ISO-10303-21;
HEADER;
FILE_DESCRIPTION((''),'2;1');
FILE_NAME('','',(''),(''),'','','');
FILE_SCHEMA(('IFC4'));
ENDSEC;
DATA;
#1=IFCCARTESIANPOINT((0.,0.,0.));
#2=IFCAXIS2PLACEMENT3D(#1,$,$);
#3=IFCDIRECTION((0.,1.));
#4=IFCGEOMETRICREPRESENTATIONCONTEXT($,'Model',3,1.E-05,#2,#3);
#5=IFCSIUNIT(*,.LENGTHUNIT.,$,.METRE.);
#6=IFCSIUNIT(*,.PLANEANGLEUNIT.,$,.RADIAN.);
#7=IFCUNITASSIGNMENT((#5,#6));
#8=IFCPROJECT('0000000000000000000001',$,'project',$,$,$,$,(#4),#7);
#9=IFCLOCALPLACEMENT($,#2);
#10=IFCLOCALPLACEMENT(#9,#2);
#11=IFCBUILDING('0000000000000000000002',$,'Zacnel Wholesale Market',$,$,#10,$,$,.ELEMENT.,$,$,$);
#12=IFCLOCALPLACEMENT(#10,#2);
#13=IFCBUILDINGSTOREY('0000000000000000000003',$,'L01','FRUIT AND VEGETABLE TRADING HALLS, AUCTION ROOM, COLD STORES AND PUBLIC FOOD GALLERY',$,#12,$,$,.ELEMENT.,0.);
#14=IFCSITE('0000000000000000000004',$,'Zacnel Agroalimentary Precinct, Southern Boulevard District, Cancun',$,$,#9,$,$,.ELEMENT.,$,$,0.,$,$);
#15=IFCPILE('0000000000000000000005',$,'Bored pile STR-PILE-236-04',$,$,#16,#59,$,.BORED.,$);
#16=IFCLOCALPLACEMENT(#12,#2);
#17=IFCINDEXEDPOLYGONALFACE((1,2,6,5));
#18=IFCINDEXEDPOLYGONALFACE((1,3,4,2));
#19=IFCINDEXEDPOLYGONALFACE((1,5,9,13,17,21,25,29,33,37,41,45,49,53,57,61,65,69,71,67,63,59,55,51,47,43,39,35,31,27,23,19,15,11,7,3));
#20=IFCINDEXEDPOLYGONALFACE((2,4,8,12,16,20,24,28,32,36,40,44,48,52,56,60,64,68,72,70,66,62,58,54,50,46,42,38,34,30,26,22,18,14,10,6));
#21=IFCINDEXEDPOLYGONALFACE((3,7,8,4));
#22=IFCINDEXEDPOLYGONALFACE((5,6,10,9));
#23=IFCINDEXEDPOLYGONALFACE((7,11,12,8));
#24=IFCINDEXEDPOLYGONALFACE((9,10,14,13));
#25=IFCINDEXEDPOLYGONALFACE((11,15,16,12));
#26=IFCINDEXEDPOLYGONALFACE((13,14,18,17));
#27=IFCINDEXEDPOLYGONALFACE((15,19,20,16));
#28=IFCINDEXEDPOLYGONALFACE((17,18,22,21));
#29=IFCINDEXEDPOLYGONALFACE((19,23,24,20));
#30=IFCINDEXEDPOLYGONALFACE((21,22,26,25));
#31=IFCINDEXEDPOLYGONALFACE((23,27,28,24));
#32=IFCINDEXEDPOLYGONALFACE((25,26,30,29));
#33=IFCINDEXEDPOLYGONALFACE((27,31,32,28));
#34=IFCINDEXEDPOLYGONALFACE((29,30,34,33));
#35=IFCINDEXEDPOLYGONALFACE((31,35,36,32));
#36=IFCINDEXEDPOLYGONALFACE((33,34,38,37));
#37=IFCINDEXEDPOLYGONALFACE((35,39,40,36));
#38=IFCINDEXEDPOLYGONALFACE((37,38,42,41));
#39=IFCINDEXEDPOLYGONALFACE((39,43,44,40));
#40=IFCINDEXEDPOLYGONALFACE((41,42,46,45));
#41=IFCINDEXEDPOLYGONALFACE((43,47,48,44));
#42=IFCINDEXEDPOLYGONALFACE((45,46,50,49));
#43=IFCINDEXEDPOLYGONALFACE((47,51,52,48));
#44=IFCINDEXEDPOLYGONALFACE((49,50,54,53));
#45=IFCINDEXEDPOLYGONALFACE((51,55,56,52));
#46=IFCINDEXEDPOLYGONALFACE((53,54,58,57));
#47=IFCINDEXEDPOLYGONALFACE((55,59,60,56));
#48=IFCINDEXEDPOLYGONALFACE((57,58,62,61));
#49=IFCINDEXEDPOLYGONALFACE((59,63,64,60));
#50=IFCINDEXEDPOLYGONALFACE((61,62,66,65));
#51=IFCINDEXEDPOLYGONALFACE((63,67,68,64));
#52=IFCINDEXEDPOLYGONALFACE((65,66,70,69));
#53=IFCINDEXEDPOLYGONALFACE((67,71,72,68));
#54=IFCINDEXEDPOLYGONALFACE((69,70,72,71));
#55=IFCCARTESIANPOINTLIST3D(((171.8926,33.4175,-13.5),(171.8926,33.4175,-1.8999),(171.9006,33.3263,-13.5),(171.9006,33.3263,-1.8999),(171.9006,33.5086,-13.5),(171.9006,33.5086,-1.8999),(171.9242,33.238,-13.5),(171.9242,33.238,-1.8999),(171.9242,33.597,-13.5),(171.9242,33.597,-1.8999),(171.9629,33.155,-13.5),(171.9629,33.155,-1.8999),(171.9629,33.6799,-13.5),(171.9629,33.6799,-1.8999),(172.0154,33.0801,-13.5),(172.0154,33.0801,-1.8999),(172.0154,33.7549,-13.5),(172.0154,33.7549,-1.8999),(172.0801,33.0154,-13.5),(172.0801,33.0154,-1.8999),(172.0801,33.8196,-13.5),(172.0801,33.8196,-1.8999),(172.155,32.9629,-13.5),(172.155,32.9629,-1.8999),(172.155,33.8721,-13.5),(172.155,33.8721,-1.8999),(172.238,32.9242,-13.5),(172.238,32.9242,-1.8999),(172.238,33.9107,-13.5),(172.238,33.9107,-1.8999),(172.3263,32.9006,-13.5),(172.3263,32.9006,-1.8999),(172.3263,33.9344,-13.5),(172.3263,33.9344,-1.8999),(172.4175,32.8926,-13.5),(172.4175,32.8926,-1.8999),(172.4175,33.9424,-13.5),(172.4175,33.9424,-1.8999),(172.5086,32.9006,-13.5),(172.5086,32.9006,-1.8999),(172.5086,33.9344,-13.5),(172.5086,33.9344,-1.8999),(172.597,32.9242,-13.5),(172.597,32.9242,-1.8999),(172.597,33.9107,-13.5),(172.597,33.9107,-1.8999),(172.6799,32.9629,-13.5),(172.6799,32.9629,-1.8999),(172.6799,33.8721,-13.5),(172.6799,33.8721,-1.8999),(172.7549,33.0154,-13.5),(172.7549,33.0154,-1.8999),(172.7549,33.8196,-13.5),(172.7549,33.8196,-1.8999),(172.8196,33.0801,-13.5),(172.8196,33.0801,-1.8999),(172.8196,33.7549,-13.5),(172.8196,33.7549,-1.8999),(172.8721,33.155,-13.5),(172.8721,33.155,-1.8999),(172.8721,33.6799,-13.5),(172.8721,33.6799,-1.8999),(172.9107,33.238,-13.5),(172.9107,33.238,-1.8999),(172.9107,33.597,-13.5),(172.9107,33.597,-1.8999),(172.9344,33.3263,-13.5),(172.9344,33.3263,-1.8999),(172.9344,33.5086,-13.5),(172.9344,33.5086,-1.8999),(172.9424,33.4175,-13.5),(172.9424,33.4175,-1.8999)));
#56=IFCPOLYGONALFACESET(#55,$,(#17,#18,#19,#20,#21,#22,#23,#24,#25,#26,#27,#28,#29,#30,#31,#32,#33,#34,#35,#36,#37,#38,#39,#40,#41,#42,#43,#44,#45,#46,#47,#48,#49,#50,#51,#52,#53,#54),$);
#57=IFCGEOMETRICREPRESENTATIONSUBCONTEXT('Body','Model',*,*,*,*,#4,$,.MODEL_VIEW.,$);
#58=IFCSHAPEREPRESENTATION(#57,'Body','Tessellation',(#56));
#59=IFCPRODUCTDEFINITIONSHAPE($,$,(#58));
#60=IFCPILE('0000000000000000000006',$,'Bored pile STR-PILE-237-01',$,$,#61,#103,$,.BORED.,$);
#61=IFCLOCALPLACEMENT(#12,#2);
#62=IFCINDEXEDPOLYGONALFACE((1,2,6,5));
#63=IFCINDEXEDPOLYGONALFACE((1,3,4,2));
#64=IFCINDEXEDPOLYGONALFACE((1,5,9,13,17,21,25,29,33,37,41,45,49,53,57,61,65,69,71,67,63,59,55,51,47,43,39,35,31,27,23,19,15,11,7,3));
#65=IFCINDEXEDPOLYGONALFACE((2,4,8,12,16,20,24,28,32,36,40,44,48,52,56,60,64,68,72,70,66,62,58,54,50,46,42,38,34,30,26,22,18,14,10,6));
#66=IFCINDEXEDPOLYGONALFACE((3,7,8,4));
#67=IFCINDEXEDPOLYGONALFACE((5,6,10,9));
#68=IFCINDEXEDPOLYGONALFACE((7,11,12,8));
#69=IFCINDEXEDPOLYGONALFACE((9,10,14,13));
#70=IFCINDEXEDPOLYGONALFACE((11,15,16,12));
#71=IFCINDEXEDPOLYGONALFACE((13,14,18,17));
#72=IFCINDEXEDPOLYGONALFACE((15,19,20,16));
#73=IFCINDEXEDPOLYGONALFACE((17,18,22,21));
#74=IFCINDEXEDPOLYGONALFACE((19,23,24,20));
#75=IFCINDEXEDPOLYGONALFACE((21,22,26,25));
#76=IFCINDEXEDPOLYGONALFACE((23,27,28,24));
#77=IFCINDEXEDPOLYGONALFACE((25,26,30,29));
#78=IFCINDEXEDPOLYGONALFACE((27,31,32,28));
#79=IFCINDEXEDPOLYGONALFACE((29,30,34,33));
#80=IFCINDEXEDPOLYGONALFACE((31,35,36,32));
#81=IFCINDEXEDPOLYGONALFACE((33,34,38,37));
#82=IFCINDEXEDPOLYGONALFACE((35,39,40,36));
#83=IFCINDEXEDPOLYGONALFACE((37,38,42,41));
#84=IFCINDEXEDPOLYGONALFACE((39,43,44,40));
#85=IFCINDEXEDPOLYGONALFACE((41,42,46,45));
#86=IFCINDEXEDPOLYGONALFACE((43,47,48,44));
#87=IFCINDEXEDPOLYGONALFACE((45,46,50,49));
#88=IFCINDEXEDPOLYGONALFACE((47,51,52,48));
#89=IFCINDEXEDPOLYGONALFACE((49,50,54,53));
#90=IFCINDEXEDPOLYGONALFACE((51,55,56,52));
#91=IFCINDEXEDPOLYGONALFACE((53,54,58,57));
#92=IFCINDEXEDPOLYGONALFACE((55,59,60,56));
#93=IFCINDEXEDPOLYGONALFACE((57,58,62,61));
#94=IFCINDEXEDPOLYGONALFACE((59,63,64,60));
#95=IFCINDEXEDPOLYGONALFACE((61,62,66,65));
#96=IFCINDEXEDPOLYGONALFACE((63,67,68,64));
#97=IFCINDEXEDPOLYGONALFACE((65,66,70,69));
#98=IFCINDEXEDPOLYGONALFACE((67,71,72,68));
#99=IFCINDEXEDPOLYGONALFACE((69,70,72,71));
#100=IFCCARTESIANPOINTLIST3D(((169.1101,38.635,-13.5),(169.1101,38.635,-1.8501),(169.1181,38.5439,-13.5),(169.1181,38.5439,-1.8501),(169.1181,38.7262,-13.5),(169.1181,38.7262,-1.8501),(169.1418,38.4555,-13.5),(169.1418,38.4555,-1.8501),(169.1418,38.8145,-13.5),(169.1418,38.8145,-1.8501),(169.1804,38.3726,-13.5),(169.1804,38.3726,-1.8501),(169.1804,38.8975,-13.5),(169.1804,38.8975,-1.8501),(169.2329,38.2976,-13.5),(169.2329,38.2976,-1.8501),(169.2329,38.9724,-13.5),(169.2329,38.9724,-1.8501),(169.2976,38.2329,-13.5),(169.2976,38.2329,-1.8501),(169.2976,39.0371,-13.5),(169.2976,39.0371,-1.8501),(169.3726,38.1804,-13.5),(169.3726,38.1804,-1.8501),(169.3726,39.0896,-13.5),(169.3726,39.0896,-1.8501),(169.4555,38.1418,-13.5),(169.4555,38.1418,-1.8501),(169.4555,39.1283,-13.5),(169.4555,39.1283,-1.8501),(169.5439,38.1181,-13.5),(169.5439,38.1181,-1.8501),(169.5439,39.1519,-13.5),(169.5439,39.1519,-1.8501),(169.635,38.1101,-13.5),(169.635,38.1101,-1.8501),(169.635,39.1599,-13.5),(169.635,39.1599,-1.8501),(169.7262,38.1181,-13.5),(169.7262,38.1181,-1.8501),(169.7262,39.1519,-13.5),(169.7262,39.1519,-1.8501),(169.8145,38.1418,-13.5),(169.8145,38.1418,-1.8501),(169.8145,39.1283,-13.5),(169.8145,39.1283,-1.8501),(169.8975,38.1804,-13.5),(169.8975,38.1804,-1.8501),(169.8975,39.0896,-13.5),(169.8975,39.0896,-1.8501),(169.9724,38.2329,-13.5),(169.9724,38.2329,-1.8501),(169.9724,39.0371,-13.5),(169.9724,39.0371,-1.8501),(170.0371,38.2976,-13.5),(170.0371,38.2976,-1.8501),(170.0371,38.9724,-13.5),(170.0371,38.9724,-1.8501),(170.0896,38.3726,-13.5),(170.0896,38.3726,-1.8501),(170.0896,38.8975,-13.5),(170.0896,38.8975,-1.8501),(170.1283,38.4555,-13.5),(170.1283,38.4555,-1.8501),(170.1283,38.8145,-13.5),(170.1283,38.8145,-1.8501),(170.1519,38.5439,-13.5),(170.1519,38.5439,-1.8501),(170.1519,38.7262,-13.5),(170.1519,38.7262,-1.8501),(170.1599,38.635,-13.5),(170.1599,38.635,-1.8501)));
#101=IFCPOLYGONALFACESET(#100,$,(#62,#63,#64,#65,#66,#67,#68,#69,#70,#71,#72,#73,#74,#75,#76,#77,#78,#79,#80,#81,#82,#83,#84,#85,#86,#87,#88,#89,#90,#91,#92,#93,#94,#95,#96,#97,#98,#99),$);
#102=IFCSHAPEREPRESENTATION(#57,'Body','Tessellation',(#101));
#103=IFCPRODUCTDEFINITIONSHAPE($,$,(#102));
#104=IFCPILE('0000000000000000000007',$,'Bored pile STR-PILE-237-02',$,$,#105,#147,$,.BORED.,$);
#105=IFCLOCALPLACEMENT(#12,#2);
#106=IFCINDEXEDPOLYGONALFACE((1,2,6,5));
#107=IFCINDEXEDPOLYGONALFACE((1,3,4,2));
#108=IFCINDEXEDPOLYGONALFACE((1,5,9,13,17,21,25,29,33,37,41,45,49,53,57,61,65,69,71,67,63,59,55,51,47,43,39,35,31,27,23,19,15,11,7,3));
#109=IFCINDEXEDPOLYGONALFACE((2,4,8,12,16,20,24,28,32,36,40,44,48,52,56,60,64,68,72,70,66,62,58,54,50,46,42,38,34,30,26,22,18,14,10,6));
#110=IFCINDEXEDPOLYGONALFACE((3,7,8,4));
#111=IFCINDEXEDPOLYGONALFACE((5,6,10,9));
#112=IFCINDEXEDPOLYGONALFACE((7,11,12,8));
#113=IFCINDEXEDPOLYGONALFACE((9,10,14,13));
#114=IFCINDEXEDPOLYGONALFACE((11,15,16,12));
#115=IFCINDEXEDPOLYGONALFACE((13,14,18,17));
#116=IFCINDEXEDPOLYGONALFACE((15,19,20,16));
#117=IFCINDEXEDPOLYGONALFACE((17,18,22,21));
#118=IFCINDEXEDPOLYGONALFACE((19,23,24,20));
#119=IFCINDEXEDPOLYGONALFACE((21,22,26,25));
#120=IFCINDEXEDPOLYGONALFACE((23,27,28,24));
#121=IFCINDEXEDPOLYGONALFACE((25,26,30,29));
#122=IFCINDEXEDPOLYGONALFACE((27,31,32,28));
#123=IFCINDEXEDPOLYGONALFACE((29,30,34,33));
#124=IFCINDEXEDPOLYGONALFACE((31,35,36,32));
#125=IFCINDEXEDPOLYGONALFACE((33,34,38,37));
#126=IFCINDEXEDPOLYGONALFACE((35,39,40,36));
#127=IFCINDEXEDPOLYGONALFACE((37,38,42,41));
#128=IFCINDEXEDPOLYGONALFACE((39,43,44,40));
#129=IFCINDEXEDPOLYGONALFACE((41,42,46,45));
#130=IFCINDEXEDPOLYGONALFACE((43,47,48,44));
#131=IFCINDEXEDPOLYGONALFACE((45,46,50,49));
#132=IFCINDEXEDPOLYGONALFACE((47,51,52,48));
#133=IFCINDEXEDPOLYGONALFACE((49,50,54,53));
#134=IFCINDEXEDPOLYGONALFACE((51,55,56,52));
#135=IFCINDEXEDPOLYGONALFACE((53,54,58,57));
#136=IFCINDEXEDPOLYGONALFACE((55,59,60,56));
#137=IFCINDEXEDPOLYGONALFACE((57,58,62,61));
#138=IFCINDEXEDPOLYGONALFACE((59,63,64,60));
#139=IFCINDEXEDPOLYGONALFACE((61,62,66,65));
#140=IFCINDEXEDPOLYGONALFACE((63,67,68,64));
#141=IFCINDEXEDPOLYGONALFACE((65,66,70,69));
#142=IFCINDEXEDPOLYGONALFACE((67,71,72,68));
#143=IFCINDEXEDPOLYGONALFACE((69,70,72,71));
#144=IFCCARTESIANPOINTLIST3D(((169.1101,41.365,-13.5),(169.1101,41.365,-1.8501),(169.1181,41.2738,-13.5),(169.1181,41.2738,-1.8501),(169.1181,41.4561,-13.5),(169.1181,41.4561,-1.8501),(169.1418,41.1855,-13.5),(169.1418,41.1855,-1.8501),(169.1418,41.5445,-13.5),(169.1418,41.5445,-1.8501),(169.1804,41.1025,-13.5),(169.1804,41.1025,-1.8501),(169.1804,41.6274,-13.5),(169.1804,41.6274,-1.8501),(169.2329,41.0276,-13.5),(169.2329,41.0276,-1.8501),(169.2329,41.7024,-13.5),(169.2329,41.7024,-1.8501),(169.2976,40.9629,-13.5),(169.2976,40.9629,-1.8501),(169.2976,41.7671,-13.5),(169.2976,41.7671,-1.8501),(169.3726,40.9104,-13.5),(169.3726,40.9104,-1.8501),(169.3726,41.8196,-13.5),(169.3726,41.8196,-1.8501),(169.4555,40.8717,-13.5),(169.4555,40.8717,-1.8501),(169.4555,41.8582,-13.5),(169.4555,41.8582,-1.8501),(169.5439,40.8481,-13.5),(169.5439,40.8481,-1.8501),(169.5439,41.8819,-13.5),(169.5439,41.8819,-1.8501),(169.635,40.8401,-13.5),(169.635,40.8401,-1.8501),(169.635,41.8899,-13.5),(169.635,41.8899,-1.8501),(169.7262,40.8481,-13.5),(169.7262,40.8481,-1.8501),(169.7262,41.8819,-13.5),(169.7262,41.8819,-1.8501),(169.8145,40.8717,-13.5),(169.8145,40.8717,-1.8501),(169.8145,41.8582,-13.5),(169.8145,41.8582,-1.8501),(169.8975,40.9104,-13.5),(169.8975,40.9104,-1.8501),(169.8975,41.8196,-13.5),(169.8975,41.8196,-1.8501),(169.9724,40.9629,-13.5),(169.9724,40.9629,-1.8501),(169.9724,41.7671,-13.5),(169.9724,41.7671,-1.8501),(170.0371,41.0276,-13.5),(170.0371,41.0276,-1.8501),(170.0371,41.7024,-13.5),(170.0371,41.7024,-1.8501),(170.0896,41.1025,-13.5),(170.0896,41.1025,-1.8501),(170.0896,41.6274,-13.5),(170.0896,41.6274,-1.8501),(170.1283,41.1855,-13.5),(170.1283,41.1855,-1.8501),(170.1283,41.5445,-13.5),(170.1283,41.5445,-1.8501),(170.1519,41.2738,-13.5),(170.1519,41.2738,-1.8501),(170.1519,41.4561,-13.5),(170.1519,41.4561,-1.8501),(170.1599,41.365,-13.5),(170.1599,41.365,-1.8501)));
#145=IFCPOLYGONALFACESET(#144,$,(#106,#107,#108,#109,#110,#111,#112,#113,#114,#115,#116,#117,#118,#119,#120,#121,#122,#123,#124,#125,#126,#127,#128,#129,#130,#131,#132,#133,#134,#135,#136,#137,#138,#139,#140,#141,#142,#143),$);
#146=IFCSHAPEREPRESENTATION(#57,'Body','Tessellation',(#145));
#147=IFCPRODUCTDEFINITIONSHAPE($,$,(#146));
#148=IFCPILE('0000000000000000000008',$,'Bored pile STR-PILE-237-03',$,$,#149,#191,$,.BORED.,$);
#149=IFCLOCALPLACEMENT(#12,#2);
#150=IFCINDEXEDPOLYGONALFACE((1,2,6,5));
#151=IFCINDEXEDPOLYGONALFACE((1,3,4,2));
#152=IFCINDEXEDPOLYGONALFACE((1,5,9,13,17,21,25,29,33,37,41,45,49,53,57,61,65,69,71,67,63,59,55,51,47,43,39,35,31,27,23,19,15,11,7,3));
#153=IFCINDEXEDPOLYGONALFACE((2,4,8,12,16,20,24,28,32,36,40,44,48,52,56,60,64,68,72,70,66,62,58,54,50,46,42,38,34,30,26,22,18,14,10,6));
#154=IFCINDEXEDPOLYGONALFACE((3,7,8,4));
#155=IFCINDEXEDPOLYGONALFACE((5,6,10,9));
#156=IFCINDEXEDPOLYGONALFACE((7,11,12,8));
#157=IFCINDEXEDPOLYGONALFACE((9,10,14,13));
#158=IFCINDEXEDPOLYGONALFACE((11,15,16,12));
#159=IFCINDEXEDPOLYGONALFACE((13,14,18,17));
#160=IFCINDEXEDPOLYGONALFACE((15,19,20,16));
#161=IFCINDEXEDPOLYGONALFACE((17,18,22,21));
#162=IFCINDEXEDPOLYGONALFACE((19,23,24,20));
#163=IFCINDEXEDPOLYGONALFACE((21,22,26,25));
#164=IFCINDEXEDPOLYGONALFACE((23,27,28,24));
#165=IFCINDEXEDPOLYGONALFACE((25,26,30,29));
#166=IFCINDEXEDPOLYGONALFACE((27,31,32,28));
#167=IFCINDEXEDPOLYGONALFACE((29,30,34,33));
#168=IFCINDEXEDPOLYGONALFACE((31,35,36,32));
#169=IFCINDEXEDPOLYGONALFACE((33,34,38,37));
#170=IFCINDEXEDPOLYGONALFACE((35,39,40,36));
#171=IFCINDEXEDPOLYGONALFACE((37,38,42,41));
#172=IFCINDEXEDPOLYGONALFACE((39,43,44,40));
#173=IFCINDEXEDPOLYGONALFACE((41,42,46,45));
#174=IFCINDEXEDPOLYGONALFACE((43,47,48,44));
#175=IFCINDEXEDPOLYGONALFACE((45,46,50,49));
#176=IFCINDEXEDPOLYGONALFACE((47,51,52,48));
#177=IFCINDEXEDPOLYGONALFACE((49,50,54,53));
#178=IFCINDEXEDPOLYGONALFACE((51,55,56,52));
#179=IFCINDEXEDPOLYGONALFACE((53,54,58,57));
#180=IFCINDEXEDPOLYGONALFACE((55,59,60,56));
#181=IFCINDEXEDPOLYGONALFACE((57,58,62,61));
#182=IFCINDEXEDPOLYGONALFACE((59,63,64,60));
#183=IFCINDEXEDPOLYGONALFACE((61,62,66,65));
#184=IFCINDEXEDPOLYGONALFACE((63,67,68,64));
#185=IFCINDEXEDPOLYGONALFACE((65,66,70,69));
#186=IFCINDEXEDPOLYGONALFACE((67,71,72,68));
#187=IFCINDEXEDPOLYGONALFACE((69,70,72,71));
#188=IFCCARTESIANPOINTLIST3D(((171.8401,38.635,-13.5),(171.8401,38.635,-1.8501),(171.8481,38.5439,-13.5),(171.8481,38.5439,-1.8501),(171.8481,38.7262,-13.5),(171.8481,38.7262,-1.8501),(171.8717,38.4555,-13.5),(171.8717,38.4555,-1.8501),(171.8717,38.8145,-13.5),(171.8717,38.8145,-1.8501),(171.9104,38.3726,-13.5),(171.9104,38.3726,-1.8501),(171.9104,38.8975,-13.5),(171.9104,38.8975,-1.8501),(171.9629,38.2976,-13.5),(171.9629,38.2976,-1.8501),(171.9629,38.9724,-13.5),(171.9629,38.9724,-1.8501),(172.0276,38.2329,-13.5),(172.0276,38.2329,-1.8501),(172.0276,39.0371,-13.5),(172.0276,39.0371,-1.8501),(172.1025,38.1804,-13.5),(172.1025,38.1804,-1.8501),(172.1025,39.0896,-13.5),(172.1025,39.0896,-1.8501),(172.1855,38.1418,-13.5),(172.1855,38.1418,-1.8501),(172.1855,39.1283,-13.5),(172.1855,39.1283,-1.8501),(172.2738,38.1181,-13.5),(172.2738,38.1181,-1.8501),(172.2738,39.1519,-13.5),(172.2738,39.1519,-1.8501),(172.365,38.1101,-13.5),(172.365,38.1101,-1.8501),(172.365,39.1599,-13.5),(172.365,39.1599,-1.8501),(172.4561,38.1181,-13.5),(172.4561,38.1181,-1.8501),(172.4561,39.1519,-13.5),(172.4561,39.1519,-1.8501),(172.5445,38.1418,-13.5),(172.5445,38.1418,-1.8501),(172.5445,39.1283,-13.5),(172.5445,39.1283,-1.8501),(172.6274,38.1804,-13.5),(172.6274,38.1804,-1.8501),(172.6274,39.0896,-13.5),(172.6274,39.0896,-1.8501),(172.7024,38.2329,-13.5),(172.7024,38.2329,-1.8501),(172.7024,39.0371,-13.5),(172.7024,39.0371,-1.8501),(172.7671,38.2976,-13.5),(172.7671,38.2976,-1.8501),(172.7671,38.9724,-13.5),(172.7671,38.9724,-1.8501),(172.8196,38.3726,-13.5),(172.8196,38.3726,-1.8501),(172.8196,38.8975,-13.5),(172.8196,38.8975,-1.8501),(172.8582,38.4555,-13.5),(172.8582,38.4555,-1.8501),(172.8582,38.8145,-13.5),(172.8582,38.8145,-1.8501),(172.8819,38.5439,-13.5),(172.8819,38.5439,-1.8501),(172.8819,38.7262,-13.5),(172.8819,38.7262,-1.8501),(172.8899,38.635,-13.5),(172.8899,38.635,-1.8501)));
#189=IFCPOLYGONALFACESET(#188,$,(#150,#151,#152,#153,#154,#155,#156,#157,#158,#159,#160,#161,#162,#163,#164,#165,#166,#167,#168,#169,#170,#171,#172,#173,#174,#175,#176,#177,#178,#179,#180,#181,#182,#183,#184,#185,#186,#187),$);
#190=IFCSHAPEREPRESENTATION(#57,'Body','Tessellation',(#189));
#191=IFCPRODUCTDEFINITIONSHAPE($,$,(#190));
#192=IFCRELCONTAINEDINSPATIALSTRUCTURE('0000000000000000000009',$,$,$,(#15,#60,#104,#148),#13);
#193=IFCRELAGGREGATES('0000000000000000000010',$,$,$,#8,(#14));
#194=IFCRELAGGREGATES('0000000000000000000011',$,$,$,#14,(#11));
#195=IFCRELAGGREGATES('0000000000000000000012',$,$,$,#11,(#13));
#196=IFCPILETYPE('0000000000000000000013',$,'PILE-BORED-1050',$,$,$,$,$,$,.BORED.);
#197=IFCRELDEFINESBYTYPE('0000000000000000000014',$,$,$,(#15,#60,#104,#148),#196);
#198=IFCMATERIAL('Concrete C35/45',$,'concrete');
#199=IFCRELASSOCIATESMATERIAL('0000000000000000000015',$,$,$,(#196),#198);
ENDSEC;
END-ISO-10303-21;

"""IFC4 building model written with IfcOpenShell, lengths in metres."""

from ifc_helpers import new_model, si_unit, direction, frame, origin, origin_2d, place, context, subcontext, project, spatial, circle, extrude, material, material_profile, profile_set, type_object, element, save


model = new_model("IFC4")

# Units and contexts
model_context = context("Model", 3, precision=1e-05, world=origin(), true_north=direction((0.0, 1.0)))
body_context = subcontext(model_context, "Body", "Model", "MODEL_VIEW")
ifc_project = project(units=[si_unit("LENGTHUNIT", "METRE"), si_unit("PLANEANGLEUNIT", "RADIAN")], contexts=[model_context])

# Site, building, storey
site_placement = place(None, origin())
site = spatial("IfcSite", under=ifc_project, at=site_placement, Name="Zacnel Agroalimentary Precinct, Southern Boulevard District, Cancun", CompositionType="ELEMENT", RefElevation=0.0)
building_placement = place(site_placement, origin())
building = spatial("IfcBuilding", under=site, at=building_placement, Name="Zacnel Wholesale Market", CompositionType="ELEMENT")
storey_placement = place(building_placement, origin())
storey = spatial("IfcBuildingStorey", under=building, at=storey_placement, Name="L01", Description="FRUIT AND VEGETABLE TRADING HALLS, AUCTION ROOM, COLD STORES AND PUBLIC FOOD GALLERY", CompositionType="ELEMENT", Elevation=0.0)

# Piles
ifc_material_1 = material(Name="Concrete C35/45", Category="concrete")
ifc_material_profile_1 = material_profile(ifc_material_1, circle(Radius=0.5249, at=origin_2d()), Name="BORED PILE D1050")
ifc_profile_set_1 = profile_set([ifc_material_profile_1], Name="Concrete C35/45")
pile_type = type_object("IfcPileType", Name="PILE-BORED-1050", PredefinedType="BORED", material=ifc_profile_set_1)
pile_1_placement = place(storey_placement, frame((172.4175, 33.4175, -1.8999), z_axis=(0.0, 0.0, -1.0), x_axis=(1.0, 0.0, 0.0)))
element("IfcPile", 1, at=pile_1_placement, inside=storey, type_object=pile_type, Name="Bored pile STR-PILE-236-04", PredefinedType="BORED", context=body_context, shape_type="SweptSolid", body=[
    extrude(circle(Radius=0.5249, at=origin_2d()), origin(), (0.0, 0.0, 1.0), 11.6001),
])
for number, where, z_axis, x_axis, name in (
    (2, (169.635, 38.635, -1.8501), (0.0, 0.0, -1.0), (1.0, 0.0, 0.0), "Bored pile STR-PILE-237-01"),
    (3, (169.635, 41.365, -1.8501), (0.0, 0.0, -1.0), (1.0, 0.0, 0.0), "Bored pile STR-PILE-237-02"),
    (4, (172.365, 38.635, -1.8501), (0.0, 0.0, -1.0), (1.0, 0.0, 0.0), "Bored pile STR-PILE-237-03"),
):
    element("IfcPile", number, at=place(storey_placement, frame(where, z_axis=z_axis, x_axis=x_axis)), inside=storey, type_object=pile_type, Name=name, PredefinedType="BORED", context=body_context, shape_type="SweptSolid", body=[
        extrude(circle(Radius=0.5249, at=origin_2d()), origin(), (0.0, 0.0, 1.0), 11.6499),
    ])

save(model, "model.ifc")
